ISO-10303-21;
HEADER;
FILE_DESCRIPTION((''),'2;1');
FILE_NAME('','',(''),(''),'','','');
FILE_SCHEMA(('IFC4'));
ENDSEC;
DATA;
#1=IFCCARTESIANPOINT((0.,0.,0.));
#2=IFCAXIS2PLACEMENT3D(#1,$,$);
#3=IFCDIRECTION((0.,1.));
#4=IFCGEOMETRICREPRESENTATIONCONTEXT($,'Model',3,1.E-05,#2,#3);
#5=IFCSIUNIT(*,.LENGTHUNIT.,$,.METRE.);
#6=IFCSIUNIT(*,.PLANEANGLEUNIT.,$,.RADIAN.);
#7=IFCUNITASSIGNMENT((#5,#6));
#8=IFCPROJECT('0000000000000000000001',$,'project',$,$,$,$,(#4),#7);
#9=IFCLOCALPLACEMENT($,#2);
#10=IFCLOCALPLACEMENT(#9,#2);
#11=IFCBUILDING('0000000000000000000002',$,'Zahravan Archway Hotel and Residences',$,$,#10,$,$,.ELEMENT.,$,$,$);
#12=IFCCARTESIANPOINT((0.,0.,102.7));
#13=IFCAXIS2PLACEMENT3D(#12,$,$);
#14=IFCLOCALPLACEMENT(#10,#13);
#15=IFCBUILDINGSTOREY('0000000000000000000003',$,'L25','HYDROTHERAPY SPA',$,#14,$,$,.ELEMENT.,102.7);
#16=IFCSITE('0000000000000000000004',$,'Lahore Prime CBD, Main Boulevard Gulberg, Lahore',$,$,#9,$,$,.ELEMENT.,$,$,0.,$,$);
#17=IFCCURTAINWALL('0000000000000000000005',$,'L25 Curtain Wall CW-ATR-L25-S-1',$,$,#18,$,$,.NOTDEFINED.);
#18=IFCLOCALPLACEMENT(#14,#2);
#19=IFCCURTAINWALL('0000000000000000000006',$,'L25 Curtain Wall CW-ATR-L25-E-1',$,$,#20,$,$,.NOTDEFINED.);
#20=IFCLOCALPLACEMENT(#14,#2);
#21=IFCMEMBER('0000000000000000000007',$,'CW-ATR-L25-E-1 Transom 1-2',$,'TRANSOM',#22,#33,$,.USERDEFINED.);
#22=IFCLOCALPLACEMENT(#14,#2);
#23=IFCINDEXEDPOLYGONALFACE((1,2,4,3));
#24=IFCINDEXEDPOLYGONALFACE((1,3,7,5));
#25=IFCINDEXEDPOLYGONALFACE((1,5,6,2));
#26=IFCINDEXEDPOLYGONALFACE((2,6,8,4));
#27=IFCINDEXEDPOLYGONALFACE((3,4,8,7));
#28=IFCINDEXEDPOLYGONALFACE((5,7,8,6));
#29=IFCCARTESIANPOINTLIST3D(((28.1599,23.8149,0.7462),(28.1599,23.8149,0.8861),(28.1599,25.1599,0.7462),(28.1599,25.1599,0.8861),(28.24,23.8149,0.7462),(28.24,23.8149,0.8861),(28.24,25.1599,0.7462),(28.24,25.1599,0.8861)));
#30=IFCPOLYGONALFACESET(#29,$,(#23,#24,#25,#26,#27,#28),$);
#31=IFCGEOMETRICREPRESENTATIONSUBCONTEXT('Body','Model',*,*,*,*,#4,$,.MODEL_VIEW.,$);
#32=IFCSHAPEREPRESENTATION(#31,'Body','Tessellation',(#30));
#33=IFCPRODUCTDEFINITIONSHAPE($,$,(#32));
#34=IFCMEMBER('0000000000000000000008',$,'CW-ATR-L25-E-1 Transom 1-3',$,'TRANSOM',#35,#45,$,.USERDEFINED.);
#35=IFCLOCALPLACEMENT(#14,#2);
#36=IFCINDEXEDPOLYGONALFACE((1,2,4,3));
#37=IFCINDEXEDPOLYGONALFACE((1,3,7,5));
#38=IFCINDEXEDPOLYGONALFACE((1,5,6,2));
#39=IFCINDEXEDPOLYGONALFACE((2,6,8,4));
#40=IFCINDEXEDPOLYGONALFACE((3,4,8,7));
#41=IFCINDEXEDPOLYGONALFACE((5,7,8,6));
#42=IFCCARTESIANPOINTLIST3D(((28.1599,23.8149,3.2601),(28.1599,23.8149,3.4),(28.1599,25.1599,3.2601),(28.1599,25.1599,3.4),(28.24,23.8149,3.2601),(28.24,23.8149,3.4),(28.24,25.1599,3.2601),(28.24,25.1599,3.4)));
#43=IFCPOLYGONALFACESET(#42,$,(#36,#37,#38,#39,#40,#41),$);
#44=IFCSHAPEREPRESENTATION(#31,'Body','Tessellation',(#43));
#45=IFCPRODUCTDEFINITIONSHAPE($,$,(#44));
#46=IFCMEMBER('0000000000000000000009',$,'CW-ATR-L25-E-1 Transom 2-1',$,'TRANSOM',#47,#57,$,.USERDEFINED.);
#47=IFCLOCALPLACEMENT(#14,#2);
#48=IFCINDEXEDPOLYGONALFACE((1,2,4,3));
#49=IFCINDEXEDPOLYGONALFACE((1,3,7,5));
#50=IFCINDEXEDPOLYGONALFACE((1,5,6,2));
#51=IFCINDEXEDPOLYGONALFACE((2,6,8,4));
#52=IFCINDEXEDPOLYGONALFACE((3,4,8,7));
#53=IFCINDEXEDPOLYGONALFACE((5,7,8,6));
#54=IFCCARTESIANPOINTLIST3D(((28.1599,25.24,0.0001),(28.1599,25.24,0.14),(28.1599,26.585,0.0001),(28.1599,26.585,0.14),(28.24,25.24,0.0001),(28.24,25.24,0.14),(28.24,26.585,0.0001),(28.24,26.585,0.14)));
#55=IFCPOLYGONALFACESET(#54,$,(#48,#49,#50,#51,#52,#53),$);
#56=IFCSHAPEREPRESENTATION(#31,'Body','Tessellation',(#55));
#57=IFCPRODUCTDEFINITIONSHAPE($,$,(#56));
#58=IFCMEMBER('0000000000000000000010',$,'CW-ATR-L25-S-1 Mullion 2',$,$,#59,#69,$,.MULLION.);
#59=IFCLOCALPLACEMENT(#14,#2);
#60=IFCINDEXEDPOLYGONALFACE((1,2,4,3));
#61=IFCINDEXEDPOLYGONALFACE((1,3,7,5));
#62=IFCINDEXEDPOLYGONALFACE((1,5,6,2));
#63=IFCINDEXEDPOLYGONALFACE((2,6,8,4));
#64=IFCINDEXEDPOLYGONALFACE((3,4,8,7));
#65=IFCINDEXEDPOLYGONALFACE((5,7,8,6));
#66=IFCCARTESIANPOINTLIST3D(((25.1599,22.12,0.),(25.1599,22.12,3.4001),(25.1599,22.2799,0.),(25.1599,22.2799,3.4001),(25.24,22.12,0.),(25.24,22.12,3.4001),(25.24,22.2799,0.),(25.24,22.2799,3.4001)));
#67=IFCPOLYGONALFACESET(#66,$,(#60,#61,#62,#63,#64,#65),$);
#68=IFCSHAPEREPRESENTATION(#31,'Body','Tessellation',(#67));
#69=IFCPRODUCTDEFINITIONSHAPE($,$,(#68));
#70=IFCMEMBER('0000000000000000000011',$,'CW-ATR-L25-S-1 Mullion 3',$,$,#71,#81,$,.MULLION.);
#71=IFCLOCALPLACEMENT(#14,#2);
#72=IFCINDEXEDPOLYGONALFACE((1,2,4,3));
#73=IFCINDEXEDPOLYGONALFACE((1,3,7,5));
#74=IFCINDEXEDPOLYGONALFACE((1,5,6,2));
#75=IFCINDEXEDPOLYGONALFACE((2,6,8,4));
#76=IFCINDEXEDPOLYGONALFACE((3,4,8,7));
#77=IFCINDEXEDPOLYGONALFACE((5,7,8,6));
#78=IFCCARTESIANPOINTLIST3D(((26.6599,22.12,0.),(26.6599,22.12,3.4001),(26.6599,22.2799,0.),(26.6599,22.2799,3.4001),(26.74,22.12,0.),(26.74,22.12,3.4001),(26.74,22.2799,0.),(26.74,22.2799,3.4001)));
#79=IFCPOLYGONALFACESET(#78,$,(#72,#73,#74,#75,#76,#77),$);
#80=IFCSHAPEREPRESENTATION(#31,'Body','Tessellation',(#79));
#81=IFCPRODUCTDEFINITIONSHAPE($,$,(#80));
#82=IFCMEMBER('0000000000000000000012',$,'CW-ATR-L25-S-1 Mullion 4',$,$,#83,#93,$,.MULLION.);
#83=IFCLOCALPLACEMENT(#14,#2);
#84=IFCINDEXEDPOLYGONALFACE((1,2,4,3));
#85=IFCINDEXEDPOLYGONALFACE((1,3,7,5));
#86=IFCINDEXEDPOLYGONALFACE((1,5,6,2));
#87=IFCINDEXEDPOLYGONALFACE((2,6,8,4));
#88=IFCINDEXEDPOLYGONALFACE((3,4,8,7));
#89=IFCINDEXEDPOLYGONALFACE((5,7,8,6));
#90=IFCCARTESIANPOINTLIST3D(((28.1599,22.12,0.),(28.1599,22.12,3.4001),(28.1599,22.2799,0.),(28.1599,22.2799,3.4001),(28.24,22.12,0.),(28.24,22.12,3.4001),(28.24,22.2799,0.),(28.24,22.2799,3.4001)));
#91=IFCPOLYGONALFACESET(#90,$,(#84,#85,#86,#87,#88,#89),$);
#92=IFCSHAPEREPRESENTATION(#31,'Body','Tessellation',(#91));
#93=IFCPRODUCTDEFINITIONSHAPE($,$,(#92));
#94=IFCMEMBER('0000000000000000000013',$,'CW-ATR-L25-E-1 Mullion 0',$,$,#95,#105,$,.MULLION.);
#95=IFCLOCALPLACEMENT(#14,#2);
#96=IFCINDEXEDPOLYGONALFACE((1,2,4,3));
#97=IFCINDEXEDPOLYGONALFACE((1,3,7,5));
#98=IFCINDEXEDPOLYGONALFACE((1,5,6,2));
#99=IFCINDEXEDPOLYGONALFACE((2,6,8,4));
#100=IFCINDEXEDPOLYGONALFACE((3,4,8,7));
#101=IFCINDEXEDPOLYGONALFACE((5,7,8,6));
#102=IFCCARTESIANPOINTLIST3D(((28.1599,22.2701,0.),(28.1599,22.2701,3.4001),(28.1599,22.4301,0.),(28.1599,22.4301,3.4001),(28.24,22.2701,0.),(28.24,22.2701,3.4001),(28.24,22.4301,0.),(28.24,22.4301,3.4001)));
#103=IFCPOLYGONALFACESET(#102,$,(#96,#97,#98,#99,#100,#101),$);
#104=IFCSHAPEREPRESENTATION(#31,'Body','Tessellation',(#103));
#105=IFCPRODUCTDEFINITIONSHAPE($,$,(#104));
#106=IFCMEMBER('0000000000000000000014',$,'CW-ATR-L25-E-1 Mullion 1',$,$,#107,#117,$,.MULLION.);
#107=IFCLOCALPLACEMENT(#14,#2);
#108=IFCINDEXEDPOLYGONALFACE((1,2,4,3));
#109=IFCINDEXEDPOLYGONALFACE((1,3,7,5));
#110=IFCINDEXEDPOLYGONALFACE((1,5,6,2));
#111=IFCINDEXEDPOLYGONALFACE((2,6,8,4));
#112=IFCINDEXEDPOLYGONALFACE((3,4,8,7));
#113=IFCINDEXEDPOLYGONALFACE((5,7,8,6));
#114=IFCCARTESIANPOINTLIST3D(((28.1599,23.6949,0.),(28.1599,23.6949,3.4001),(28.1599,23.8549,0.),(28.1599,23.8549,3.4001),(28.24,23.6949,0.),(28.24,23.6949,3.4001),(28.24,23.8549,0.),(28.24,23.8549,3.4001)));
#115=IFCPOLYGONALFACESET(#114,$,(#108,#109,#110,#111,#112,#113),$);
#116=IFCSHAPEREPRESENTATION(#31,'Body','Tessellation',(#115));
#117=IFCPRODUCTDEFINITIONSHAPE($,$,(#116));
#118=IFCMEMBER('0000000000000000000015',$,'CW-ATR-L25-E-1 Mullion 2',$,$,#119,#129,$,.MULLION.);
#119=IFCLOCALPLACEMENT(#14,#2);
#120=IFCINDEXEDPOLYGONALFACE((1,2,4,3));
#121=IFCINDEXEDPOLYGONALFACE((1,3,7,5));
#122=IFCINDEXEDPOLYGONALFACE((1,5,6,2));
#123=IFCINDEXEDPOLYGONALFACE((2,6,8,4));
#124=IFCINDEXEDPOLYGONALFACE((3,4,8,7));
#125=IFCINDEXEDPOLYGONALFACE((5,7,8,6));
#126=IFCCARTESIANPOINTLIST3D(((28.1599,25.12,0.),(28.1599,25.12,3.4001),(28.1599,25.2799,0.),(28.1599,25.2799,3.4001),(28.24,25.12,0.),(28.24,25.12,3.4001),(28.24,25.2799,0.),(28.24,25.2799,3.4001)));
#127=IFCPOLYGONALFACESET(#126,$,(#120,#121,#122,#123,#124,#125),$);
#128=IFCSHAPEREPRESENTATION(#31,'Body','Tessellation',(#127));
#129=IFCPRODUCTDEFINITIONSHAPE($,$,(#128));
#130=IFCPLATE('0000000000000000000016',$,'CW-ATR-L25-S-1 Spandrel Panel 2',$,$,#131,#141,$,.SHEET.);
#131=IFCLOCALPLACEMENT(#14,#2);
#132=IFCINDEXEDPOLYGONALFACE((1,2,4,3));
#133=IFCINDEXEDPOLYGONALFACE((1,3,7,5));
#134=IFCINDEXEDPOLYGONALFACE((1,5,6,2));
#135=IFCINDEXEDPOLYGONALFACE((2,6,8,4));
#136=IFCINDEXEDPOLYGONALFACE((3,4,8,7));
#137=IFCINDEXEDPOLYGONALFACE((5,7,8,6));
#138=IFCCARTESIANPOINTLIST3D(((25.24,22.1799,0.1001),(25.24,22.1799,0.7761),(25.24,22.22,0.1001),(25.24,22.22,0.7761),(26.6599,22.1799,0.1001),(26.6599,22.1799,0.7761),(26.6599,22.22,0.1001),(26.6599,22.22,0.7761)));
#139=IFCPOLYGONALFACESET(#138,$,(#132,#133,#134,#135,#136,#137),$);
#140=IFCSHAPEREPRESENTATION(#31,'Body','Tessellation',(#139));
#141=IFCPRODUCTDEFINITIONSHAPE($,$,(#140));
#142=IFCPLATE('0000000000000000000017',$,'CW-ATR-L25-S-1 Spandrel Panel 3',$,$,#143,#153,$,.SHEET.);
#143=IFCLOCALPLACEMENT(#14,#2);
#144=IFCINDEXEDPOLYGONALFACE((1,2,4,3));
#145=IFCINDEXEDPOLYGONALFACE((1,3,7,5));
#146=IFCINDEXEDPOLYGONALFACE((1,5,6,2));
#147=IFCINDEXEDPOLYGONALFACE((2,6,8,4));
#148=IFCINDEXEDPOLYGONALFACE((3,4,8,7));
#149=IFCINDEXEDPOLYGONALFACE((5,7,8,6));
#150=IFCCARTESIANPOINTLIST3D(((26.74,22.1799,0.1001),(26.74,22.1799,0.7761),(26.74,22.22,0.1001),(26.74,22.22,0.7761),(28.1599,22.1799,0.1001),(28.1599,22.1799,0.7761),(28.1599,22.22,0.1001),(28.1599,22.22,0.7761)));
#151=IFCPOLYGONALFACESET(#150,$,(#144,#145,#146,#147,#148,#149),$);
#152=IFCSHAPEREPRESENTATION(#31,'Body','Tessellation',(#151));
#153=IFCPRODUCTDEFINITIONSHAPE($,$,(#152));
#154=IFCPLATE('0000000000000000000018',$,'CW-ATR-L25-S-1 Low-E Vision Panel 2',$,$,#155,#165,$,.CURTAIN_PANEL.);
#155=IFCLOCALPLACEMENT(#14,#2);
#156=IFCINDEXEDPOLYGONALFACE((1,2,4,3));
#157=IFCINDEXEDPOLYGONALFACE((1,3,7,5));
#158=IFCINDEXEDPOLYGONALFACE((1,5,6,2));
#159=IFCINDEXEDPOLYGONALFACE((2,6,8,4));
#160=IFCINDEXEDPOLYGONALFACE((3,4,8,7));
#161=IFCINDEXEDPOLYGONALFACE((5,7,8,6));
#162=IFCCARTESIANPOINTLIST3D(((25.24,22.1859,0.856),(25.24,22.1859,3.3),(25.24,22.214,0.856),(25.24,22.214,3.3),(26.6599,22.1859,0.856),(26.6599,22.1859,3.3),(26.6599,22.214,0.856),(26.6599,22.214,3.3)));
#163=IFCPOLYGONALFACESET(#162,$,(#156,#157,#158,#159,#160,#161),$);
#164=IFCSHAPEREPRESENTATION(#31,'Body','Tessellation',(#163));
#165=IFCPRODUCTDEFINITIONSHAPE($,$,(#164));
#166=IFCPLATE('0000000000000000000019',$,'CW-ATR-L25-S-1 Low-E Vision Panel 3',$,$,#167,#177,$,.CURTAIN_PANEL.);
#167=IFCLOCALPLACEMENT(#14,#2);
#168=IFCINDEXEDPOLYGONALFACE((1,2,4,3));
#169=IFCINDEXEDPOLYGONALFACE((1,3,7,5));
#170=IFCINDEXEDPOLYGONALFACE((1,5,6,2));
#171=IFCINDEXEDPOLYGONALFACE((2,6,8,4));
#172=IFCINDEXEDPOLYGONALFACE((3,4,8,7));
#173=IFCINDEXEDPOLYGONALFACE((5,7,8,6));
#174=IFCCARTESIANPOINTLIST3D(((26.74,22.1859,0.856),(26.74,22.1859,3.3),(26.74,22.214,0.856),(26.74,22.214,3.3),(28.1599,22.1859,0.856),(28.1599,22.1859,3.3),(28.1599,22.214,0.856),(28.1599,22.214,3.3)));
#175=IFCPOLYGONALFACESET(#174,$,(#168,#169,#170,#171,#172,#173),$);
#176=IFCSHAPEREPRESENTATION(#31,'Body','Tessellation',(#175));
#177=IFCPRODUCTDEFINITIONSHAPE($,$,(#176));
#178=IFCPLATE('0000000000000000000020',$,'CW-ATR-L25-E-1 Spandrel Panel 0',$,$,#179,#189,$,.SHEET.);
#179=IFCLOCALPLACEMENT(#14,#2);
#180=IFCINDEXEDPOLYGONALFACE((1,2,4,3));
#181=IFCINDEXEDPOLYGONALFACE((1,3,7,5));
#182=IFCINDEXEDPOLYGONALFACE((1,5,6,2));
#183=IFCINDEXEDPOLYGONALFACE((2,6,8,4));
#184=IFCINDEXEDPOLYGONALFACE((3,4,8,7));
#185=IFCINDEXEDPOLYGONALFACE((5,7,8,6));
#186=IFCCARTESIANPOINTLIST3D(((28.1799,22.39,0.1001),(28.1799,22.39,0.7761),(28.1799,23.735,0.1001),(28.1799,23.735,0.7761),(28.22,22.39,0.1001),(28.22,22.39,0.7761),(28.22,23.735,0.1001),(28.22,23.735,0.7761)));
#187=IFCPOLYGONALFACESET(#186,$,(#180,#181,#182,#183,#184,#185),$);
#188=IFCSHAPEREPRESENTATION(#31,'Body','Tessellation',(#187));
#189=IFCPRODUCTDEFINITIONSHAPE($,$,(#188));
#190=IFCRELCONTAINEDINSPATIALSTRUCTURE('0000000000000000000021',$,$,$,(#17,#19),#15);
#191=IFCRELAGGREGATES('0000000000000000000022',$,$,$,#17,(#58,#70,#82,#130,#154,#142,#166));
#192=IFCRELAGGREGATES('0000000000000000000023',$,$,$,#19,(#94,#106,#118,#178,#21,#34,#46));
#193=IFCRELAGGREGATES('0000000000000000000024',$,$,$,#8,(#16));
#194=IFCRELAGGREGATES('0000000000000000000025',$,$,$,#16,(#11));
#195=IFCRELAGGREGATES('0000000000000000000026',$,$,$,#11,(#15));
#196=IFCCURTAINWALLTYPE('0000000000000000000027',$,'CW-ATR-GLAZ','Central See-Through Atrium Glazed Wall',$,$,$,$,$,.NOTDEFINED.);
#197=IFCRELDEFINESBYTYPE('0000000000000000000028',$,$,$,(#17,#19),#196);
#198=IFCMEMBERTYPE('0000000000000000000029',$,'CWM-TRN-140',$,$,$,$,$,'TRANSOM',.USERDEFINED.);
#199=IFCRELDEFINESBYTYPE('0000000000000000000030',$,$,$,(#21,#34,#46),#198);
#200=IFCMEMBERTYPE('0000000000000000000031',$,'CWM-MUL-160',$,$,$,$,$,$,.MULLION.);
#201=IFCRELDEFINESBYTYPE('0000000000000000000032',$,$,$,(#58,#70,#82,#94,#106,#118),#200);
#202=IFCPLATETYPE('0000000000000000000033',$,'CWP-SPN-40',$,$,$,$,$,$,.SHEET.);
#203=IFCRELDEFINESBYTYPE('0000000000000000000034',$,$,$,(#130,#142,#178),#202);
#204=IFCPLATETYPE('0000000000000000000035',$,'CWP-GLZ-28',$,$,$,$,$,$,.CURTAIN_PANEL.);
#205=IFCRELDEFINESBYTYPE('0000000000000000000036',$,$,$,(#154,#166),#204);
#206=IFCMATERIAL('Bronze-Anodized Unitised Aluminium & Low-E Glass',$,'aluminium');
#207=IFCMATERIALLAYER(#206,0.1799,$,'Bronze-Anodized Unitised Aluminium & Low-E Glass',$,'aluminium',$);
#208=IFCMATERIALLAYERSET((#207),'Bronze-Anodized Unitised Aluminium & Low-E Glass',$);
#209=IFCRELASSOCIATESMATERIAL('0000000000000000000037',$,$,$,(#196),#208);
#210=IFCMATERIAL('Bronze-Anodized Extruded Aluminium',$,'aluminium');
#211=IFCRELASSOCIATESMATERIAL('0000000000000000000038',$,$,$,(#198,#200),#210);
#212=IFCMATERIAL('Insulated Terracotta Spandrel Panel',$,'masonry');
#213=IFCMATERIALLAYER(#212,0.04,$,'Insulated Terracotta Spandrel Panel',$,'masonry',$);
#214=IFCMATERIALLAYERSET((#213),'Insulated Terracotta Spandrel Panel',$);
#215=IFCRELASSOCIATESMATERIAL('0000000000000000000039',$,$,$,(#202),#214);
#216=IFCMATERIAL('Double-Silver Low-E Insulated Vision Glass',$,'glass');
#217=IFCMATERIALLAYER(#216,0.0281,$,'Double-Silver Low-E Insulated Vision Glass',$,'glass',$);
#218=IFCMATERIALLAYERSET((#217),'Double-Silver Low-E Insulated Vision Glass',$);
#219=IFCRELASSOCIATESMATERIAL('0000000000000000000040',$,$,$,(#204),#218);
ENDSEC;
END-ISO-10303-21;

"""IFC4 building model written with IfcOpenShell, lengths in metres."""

from ifc_helpers import new_model, si_unit, direction, frame, origin, origin_2d, place, context, subcontext, project, spatial, rectangle, extrude, source, transform, mapped, material, layer, layer_set, material_profile, profile_set, type_object, element, aggregate, save


model = new_model("IFC4")

# Units and contexts
model_context = context("Model", 3, precision=1e-05, world=origin(), true_north=direction((0.0, 1.0)))
body_context = subcontext(model_context, "Body", "Model", "MODEL_VIEW")
ifc_project = project(units=[si_unit("LENGTHUNIT", "METRE"), si_unit("PLANEANGLEUNIT", "RADIAN")], contexts=[model_context])

# Site, building, storey
site_placement = place(None, origin())
site = spatial("IfcSite", under=ifc_project, at=site_placement, Name="Lahore Prime CBD, Main Boulevard Gulberg, Lahore", CompositionType="ELEMENT", RefElevation=0.0)
building_placement = place(site_placement, origin())
building = spatial("IfcBuilding", under=site, at=building_placement, Name="Zahravan Archway Hotel and Residences", CompositionType="ELEMENT")
storey_placement = place(building_placement, frame((0.0, 0.0, 102.7)))
storey = spatial("IfcBuildingStorey", under=building, at=storey_placement, Name="L25", Description="HYDROTHERAPY SPA", CompositionType="ELEMENT", Elevation=102.7)

# Curtain walls, members
ifc_material_1 = material(Name="Bronze-Anodized Unitised Aluminium & Low-E Glass", Category="aluminium")
ifc_layer_1 = layer(ifc_material_1, 0.1799, Name="Bronze-Anodized Unitised Aluminium & Low-E Glass", Category="aluminium")
ifc_layer_set_1 = layer_set([ifc_layer_1], Name="Bronze-Anodized Unitised Aluminium & Low-E Glass")
curtain_wall_type = type_object("IfcCurtainWallType", Name="CW-ATR-GLAZ", Description="Central See-Through Atrium Glazed Wall", PredefinedType="NOTDEFINED", material=ifc_layer_set_1)
curtain_wall_1_placement = place(storey_placement, origin())
curtain_wall_1 = element("IfcCurtainWall", 1, at=curtain_wall_1_placement, inside=storey, type_object=curtain_wall_type, Name="L25 Curtain Wall CW-ATR-L25-S-1", PredefinedType="NOTDEFINED")
ifc_material_2 = material(Name="Bronze-Anodized Extruded Aluminium", Category="aluminium")
ifc_material_profile_1 = material_profile(ifc_material_2, rectangle(XDim=0.0801, YDim=0.1399, at=origin_2d()), Name="TRN 80x140", Category="aluminium")
ifc_profile_set_1 = profile_set([ifc_material_profile_1], Name="Bronze-Anodized Extruded Aluminium")
member_type_1 = type_object("IfcMemberType", Name="CWM-TRN-140", ElementType="TRANSOM", PredefinedType="USERDEFINED", material=ifc_profile_set_1)
curtain_wall_2_placement = place(storey_placement, origin())
curtain_wall_2 = element("IfcCurtainWall", 2, at=curtain_wall_2_placement, inside=storey, type_object=curtain_wall_type, Name="L25 Curtain Wall CW-ATR-L25-E-1", PredefinedType="NOTDEFINED")
shared_shape_1 = source(origin(), body_context, "Body", "SweptSolid", [
    extrude(rectangle(XDim=0.0801, YDim=0.1399, at=origin_2d()), origin(), (0.0, 0.0, 1.0), 1.345),
])
member_1_placement = place(storey_placement, frame((28.2, 23.8149, 0.8162), z_axis=(0.0, 1.0, 0.0), x_axis=(-1.0, 0.0, 0.0)))
member_1 = element("IfcMember", 3, at=member_1_placement, type_object=member_type_1, Name="CW-ATR-L25-E-1 Transom 1-2", ObjectType="TRANSOM", PredefinedType="USERDEFINED", context=body_context, shape_type="MappedRepresentation", body=[
    mapped(shared_shape_1, transform((0.0, 0.0, 0.0), scale=1.0)),
])
member_2_placement = place(storey_placement, frame((28.2, 23.8149, 3.3301), z_axis=(0.0, 1.0, 0.0), x_axis=(-1.0, 0.0, 0.0)))
member_2 = element("IfcMember", 4, at=member_2_placement, type_object=member_type_1, Name="CW-ATR-L25-E-1 Transom 1-3", ObjectType="TRANSOM", PredefinedType="USERDEFINED", context=body_context, shape_type="MappedRepresentation", body=[
    mapped(shared_shape_1, transform((0.0, 0.0, 0.0), scale=1.0)),
])
member_3_placement = place(storey_placement, frame((28.2, 25.24, 0.0701), z_axis=(0.0, 1.0, 0.0), x_axis=(-1.0, 0.0, 0.0)))
member_3 = element("IfcMember", 5, at=member_3_placement, type_object=member_type_1, Name="CW-ATR-L25-E-1 Transom 2-1", ObjectType="TRANSOM", PredefinedType="USERDEFINED", context=body_context, shape_type="MappedRepresentation", body=[
    mapped(shared_shape_1, transform((0.0, 0.0, 0.0), scale=1.0)),
])

# Members
ifc_material_profile_2 = material_profile(ifc_material_2, rectangle(XDim=0.0801, YDim=0.1599, at=origin_2d()), Name="MUL 80x160", Category="aluminium")
ifc_profile_set_2 = profile_set([ifc_material_profile_2], Name="Bronze-Anodized Extruded Aluminium")
member_type_2 = type_object("IfcMemberType", Name="CWM-MUL-160", PredefinedType="MULLION", material=ifc_profile_set_2)
shared_shape_2 = source(origin(), body_context, "Body", "SweptSolid", [
    extrude(rectangle(XDim=0.0801, YDim=0.1599, at=origin_2d()), origin(), (0.0, 0.0, 1.0), 3.4001),
])
member_4_placement = place(storey_placement, frame((25.2, 22.2, 0.0), z_axis=(0.0, 0.0, 1.0), x_axis=(1.0, 0.0, 0.0)))
member_4 = element("IfcMember", 6, at=member_4_placement, type_object=member_type_2, Name="CW-ATR-L25-S-1 Mullion 2", PredefinedType="MULLION", context=body_context, shape_type="MappedRepresentation", body=[
    mapped(shared_shape_2, transform((0.0, 0.0, 0.0), scale=1.0)),
])
member_5_placement = place(storey_placement, frame((26.7, 22.2, 0.0), z_axis=(0.0, 0.0, 1.0), x_axis=(1.0, 0.0, 0.0)))
member_5 = element("IfcMember", 7, at=member_5_placement, type_object=member_type_2, Name="CW-ATR-L25-S-1 Mullion 3", PredefinedType="MULLION", context=body_context, shape_type="MappedRepresentation", body=[
    mapped(shared_shape_2, transform((0.0, 0.0, 0.0), scale=1.0)),
])
member_6_placement = place(storey_placement, frame((28.2, 22.2, 0.0), z_axis=(0.0, 0.0, 1.0), x_axis=(1.0, 0.0, 0.0)))
member_6 = element("IfcMember", 8, at=member_6_placement, type_object=member_type_2, Name="CW-ATR-L25-S-1 Mullion 4", PredefinedType="MULLION", context=body_context, shape_type="MappedRepresentation", body=[
    mapped(shared_shape_2, transform((0.0, 0.0, 0.0), scale=1.0)),
])
member_7_placement = place(storey_placement, frame((28.2, 22.3501, 0.0), z_axis=(0.0, 0.0, 1.0), x_axis=(1.0, 0.0, 0.0)))
member_7 = element("IfcMember", 9, at=member_7_placement, type_object=member_type_2, Name="CW-ATR-L25-E-1 Mullion 0", PredefinedType="MULLION", context=body_context, shape_type="MappedRepresentation", body=[
    mapped(shared_shape_2, transform((0.0, 0.0, 0.0), scale=1.0)),
])
member_8_placement = place(storey_placement, frame((28.2, 23.7749, 0.0), z_axis=(0.0, 0.0, 1.0), x_axis=(1.0, 0.0, 0.0)))
member_8 = element("IfcMember", 10, at=member_8_placement, type_object=member_type_2, Name="CW-ATR-L25-E-1 Mullion 1", PredefinedType="MULLION", context=body_context, shape_type="MappedRepresentation", body=[
    mapped(shared_shape_2, transform((0.0, 0.0, 0.0), scale=1.0)),
])
member_9_placement = place(storey_placement, frame((28.2, 25.2, 0.0), z_axis=(0.0, 0.0, 1.0), x_axis=(1.0, 0.0, 0.0)))
member_9 = element("IfcMember", 11, at=member_9_placement, type_object=member_type_2, Name="CW-ATR-L25-E-1 Mullion 2", PredefinedType="MULLION", context=body_context, shape_type="MappedRepresentation", body=[
    mapped(shared_shape_2, transform((0.0, 0.0, 0.0), scale=1.0)),
])

# Plates
ifc_material_3 = material(Name="Insulated Terracotta Spandrel Panel", Category="masonry")
ifc_layer_2 = layer(ifc_material_3, 0.04, Name="Insulated Terracotta Spandrel Panel", Category="masonry")
ifc_layer_set_2 = layer_set([ifc_layer_2], Name="Insulated Terracotta Spandrel Panel")
plate_type_1 = type_object("IfcPlateType", Name="CWP-SPN-40", PredefinedType="SHEET", material=ifc_layer_set_2)
shared_shape_3 = source(origin(), body_context, "Body", "SweptSolid", [
    extrude(rectangle(XDim=1.4199, YDim=0.04, at=origin_2d()), origin(), (0.0, 0.0, 1.0), 0.676),
])
plate_1_placement = place(storey_placement, frame((25.95, 22.2, 0.1001), z_axis=(0.0, 0.0, 1.0), x_axis=(1.0, 0.0, 0.0)))
plate_1 = element("IfcPlate", 12, at=plate_1_placement, type_object=plate_type_1, Name="CW-ATR-L25-S-1 Spandrel Panel 2", PredefinedType="SHEET", context=body_context, shape_type="MappedRepresentation", body=[
    mapped(shared_shape_3, transform((0.0, 0.0, 0.0), scale=1.0)),
])
plate_2_placement = place(storey_placement, frame((27.45, 22.2, 0.1001), z_axis=(0.0, 0.0, 1.0), x_axis=(1.0, 0.0, 0.0)))
plate_2 = element("IfcPlate", 13, at=plate_2_placement, type_object=plate_type_1, Name="CW-ATR-L25-S-1 Spandrel Panel 3", PredefinedType="SHEET", context=body_context, shape_type="MappedRepresentation", body=[
    mapped(shared_shape_3, transform((0.0, 0.0, 0.0), scale=1.0)),
])
ifc_material_4 = material(Name="Double-Silver Low-E Insulated Vision Glass", Category="glass")
ifc_layer_3 = layer(ifc_material_4, 0.0281, Name="Double-Silver Low-E Insulated Vision Glass", Category="glass")
ifc_layer_set_3 = layer_set([ifc_layer_3], Name="Double-Silver Low-E Insulated Vision Glass")
plate_type_2 = type_object("IfcPlateType", Name="CWP-GLZ-28", PredefinedType="CURTAIN_PANEL", material=ifc_layer_set_3)
shared_shape_4 = source(origin(), body_context, "Body", "SweptSolid", [
    extrude(rectangle(XDim=1.4199, YDim=0.0281, at=origin_2d()), origin(), (0.0, 0.0, 1.0), 2.4441),
])
plate_3_placement = place(storey_placement, frame((25.95, 22.2, 0.856), z_axis=(0.0, 0.0, 1.0), x_axis=(1.0, 0.0, 0.0)))
plate_3 = element("IfcPlate", 14, at=plate_3_placement, type_object=plate_type_2, Name="CW-ATR-L25-S-1 Low-E Vision Panel 2", PredefinedType="CURTAIN_PANEL", context=body_context, shape_type="MappedRepresentation", body=[
    mapped(shared_shape_4, transform((0.0, 0.0, 0.0), scale=1.0)),
])
plate_4_placement = place(storey_placement, frame((27.45, 22.2, 0.856), z_axis=(0.0, 0.0, 1.0), x_axis=(1.0, 0.0, 0.0)))
plate_4 = element("IfcPlate", 15, at=plate_4_placement, type_object=plate_type_2, Name="CW-ATR-L25-S-1 Low-E Vision Panel 3", PredefinedType="CURTAIN_PANEL", context=body_context, shape_type="MappedRepresentation", body=[
    mapped(shared_shape_4, transform((0.0, 0.0, 0.0), scale=1.0)),
])
aggregate(curtain_wall_1, [member_4, member_5, member_6, plate_1, plate_3, plate_2, plate_4])
shared_shape_5 = source(origin(), body_context, "Body", "SweptSolid", [
    extrude(rectangle(XDim=1.345, YDim=0.04, at=origin_2d()), origin(), (0.0, 0.0, 1.0), 0.676),
])
plate_5_placement = place(storey_placement, frame((28.2, 23.0625, 0.1001), z_axis=(0.0, 0.0, 1.0), x_axis=(0.0, 1.0, 0.0)))
plate_5 = element("IfcPlate", 16, at=plate_5_placement, type_object=plate_type_1, Name="CW-ATR-L25-E-1 Spandrel Panel 0", PredefinedType="SHEET", context=body_context, shape_type="MappedRepresentation", body=[
    mapped(shared_shape_5, transform((0.0, 0.0, 0.0), scale=1.0)),
])
aggregate(curtain_wall_2, [member_7, member_8, member_9, plate_5, member_1, member_2, member_3])

save(model, "model.ifc")
